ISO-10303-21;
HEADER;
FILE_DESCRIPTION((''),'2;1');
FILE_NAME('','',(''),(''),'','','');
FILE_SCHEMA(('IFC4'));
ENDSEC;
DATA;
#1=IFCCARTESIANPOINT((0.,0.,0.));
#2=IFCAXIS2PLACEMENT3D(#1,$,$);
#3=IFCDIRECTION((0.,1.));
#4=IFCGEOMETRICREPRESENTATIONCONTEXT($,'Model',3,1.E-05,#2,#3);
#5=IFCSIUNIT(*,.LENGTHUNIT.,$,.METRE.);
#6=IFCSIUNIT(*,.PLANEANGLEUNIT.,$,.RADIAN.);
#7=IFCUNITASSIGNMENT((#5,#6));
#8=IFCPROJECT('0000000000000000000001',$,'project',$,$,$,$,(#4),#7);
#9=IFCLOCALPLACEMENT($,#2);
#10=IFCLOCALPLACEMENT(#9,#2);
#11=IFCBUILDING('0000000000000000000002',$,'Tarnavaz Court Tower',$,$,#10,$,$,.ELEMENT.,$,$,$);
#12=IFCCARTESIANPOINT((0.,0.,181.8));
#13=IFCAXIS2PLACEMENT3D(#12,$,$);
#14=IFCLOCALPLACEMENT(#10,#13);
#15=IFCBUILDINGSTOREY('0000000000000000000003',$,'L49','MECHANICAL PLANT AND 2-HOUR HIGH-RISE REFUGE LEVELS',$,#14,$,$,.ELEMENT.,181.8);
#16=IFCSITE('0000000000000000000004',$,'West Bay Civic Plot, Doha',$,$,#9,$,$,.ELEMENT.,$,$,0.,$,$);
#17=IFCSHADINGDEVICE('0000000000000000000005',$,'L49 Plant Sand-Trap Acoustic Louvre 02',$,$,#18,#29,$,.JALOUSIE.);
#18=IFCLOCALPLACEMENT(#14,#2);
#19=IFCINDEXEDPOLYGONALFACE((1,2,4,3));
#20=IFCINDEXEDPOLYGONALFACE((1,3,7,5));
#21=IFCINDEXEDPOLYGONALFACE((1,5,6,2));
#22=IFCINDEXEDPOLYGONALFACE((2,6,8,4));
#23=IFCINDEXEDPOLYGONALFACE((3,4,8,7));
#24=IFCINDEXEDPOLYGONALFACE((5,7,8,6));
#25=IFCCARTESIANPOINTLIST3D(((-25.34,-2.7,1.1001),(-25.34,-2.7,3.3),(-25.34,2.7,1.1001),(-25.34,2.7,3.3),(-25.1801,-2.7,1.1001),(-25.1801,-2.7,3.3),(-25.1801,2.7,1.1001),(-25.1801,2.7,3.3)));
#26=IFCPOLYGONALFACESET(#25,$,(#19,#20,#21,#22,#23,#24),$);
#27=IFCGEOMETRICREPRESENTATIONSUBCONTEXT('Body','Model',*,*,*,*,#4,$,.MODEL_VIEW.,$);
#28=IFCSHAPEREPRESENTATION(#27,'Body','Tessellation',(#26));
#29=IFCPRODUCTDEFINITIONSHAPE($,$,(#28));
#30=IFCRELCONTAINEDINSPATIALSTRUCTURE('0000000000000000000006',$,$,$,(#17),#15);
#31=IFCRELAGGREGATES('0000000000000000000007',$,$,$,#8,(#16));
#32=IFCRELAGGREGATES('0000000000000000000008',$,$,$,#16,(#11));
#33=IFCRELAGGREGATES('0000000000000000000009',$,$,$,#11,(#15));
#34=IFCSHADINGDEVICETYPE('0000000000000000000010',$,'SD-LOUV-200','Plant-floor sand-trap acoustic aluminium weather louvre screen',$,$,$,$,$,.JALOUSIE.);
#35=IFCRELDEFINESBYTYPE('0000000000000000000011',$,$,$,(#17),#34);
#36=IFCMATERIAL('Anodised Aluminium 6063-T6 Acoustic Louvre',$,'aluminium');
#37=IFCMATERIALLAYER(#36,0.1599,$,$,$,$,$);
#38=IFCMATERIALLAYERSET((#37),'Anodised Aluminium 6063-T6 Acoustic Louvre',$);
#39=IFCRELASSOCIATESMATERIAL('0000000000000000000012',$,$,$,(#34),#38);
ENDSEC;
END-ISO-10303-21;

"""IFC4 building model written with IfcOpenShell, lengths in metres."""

from ifc_helpers import new_model, si_unit, direction, frame, origin, origin_2d, place, context, subcontext, project, spatial, rectangle, extrude, material, layer, layer_set, type_object, element, save


model = new_model("IFC4")

# Units and contexts
model_context = context("Model", 3, precision=1e-05, world=origin(), true_north=direction((0.0, 1.0)))
body_context = subcontext(model_context, "Body", "Model", "MODEL_VIEW")
ifc_project = project(units=[si_unit("LENGTHUNIT", "METRE"), si_unit("PLANEANGLEUNIT", "RADIAN")], contexts=[model_context])

# Site, building, storey
site_placement = place(None, origin())
site = spatial("IfcSite", under=ifc_project, at=site_placement, Name="West Bay Civic Plot, Doha", CompositionType="ELEMENT", RefElevation=0.0)
building_placement = place(site_placement, origin())
building = spatial("IfcBuilding", under=site, at=building_placement, Name="Tarnavaz Court Tower", CompositionType="ELEMENT")
storey_placement = place(building_placement, frame((0.0, 0.0, 181.8)))
storey = spatial("IfcBuildingStorey", under=building, at=storey_placement, Name="L49", Description="MECHANICAL PLANT AND 2-HOUR HIGH-RISE REFUGE LEVELS", CompositionType="ELEMENT", Elevation=181.8)

# Shading device
ifc_material_1 = material(Name="Anodised Aluminium 6063-T6 Acoustic Louvre", Category="aluminium")
ifc_layer_1 = layer(ifc_material_1, 0.1599)
ifc_layer_set_1 = layer_set([ifc_layer_1], Name="Anodised Aluminium 6063-T6 Acoustic Louvre")
shading_device_type = type_object("IfcShadingDeviceType", Name="SD-LOUV-200", Description="Plant-floor sand-trap acoustic aluminium weather louvre screen", PredefinedType="JALOUSIE", material=ifc_layer_set_1)
shading_device_placement = place(storey_placement, frame((-25.26, 0.0, 1.1001), z_axis=(0.0, 0.0, 1.0), x_axis=(0.0, 1.0, 0.0)))
element("IfcShadingDevice", 1, at=shading_device_placement, inside=storey, type_object=shading_device_type, Name="L49 Plant Sand-Trap Acoustic Louvre 02", PredefinedType="JALOUSIE", context=body_context, shape_type="SweptSolid", body=[
    extrude(rectangle(XDim=5.3999, YDim=0.1599, at=origin_2d()), origin(), (0.0, 0.0, 1.0), 2.2),
])

save(model, "model.ifc")
